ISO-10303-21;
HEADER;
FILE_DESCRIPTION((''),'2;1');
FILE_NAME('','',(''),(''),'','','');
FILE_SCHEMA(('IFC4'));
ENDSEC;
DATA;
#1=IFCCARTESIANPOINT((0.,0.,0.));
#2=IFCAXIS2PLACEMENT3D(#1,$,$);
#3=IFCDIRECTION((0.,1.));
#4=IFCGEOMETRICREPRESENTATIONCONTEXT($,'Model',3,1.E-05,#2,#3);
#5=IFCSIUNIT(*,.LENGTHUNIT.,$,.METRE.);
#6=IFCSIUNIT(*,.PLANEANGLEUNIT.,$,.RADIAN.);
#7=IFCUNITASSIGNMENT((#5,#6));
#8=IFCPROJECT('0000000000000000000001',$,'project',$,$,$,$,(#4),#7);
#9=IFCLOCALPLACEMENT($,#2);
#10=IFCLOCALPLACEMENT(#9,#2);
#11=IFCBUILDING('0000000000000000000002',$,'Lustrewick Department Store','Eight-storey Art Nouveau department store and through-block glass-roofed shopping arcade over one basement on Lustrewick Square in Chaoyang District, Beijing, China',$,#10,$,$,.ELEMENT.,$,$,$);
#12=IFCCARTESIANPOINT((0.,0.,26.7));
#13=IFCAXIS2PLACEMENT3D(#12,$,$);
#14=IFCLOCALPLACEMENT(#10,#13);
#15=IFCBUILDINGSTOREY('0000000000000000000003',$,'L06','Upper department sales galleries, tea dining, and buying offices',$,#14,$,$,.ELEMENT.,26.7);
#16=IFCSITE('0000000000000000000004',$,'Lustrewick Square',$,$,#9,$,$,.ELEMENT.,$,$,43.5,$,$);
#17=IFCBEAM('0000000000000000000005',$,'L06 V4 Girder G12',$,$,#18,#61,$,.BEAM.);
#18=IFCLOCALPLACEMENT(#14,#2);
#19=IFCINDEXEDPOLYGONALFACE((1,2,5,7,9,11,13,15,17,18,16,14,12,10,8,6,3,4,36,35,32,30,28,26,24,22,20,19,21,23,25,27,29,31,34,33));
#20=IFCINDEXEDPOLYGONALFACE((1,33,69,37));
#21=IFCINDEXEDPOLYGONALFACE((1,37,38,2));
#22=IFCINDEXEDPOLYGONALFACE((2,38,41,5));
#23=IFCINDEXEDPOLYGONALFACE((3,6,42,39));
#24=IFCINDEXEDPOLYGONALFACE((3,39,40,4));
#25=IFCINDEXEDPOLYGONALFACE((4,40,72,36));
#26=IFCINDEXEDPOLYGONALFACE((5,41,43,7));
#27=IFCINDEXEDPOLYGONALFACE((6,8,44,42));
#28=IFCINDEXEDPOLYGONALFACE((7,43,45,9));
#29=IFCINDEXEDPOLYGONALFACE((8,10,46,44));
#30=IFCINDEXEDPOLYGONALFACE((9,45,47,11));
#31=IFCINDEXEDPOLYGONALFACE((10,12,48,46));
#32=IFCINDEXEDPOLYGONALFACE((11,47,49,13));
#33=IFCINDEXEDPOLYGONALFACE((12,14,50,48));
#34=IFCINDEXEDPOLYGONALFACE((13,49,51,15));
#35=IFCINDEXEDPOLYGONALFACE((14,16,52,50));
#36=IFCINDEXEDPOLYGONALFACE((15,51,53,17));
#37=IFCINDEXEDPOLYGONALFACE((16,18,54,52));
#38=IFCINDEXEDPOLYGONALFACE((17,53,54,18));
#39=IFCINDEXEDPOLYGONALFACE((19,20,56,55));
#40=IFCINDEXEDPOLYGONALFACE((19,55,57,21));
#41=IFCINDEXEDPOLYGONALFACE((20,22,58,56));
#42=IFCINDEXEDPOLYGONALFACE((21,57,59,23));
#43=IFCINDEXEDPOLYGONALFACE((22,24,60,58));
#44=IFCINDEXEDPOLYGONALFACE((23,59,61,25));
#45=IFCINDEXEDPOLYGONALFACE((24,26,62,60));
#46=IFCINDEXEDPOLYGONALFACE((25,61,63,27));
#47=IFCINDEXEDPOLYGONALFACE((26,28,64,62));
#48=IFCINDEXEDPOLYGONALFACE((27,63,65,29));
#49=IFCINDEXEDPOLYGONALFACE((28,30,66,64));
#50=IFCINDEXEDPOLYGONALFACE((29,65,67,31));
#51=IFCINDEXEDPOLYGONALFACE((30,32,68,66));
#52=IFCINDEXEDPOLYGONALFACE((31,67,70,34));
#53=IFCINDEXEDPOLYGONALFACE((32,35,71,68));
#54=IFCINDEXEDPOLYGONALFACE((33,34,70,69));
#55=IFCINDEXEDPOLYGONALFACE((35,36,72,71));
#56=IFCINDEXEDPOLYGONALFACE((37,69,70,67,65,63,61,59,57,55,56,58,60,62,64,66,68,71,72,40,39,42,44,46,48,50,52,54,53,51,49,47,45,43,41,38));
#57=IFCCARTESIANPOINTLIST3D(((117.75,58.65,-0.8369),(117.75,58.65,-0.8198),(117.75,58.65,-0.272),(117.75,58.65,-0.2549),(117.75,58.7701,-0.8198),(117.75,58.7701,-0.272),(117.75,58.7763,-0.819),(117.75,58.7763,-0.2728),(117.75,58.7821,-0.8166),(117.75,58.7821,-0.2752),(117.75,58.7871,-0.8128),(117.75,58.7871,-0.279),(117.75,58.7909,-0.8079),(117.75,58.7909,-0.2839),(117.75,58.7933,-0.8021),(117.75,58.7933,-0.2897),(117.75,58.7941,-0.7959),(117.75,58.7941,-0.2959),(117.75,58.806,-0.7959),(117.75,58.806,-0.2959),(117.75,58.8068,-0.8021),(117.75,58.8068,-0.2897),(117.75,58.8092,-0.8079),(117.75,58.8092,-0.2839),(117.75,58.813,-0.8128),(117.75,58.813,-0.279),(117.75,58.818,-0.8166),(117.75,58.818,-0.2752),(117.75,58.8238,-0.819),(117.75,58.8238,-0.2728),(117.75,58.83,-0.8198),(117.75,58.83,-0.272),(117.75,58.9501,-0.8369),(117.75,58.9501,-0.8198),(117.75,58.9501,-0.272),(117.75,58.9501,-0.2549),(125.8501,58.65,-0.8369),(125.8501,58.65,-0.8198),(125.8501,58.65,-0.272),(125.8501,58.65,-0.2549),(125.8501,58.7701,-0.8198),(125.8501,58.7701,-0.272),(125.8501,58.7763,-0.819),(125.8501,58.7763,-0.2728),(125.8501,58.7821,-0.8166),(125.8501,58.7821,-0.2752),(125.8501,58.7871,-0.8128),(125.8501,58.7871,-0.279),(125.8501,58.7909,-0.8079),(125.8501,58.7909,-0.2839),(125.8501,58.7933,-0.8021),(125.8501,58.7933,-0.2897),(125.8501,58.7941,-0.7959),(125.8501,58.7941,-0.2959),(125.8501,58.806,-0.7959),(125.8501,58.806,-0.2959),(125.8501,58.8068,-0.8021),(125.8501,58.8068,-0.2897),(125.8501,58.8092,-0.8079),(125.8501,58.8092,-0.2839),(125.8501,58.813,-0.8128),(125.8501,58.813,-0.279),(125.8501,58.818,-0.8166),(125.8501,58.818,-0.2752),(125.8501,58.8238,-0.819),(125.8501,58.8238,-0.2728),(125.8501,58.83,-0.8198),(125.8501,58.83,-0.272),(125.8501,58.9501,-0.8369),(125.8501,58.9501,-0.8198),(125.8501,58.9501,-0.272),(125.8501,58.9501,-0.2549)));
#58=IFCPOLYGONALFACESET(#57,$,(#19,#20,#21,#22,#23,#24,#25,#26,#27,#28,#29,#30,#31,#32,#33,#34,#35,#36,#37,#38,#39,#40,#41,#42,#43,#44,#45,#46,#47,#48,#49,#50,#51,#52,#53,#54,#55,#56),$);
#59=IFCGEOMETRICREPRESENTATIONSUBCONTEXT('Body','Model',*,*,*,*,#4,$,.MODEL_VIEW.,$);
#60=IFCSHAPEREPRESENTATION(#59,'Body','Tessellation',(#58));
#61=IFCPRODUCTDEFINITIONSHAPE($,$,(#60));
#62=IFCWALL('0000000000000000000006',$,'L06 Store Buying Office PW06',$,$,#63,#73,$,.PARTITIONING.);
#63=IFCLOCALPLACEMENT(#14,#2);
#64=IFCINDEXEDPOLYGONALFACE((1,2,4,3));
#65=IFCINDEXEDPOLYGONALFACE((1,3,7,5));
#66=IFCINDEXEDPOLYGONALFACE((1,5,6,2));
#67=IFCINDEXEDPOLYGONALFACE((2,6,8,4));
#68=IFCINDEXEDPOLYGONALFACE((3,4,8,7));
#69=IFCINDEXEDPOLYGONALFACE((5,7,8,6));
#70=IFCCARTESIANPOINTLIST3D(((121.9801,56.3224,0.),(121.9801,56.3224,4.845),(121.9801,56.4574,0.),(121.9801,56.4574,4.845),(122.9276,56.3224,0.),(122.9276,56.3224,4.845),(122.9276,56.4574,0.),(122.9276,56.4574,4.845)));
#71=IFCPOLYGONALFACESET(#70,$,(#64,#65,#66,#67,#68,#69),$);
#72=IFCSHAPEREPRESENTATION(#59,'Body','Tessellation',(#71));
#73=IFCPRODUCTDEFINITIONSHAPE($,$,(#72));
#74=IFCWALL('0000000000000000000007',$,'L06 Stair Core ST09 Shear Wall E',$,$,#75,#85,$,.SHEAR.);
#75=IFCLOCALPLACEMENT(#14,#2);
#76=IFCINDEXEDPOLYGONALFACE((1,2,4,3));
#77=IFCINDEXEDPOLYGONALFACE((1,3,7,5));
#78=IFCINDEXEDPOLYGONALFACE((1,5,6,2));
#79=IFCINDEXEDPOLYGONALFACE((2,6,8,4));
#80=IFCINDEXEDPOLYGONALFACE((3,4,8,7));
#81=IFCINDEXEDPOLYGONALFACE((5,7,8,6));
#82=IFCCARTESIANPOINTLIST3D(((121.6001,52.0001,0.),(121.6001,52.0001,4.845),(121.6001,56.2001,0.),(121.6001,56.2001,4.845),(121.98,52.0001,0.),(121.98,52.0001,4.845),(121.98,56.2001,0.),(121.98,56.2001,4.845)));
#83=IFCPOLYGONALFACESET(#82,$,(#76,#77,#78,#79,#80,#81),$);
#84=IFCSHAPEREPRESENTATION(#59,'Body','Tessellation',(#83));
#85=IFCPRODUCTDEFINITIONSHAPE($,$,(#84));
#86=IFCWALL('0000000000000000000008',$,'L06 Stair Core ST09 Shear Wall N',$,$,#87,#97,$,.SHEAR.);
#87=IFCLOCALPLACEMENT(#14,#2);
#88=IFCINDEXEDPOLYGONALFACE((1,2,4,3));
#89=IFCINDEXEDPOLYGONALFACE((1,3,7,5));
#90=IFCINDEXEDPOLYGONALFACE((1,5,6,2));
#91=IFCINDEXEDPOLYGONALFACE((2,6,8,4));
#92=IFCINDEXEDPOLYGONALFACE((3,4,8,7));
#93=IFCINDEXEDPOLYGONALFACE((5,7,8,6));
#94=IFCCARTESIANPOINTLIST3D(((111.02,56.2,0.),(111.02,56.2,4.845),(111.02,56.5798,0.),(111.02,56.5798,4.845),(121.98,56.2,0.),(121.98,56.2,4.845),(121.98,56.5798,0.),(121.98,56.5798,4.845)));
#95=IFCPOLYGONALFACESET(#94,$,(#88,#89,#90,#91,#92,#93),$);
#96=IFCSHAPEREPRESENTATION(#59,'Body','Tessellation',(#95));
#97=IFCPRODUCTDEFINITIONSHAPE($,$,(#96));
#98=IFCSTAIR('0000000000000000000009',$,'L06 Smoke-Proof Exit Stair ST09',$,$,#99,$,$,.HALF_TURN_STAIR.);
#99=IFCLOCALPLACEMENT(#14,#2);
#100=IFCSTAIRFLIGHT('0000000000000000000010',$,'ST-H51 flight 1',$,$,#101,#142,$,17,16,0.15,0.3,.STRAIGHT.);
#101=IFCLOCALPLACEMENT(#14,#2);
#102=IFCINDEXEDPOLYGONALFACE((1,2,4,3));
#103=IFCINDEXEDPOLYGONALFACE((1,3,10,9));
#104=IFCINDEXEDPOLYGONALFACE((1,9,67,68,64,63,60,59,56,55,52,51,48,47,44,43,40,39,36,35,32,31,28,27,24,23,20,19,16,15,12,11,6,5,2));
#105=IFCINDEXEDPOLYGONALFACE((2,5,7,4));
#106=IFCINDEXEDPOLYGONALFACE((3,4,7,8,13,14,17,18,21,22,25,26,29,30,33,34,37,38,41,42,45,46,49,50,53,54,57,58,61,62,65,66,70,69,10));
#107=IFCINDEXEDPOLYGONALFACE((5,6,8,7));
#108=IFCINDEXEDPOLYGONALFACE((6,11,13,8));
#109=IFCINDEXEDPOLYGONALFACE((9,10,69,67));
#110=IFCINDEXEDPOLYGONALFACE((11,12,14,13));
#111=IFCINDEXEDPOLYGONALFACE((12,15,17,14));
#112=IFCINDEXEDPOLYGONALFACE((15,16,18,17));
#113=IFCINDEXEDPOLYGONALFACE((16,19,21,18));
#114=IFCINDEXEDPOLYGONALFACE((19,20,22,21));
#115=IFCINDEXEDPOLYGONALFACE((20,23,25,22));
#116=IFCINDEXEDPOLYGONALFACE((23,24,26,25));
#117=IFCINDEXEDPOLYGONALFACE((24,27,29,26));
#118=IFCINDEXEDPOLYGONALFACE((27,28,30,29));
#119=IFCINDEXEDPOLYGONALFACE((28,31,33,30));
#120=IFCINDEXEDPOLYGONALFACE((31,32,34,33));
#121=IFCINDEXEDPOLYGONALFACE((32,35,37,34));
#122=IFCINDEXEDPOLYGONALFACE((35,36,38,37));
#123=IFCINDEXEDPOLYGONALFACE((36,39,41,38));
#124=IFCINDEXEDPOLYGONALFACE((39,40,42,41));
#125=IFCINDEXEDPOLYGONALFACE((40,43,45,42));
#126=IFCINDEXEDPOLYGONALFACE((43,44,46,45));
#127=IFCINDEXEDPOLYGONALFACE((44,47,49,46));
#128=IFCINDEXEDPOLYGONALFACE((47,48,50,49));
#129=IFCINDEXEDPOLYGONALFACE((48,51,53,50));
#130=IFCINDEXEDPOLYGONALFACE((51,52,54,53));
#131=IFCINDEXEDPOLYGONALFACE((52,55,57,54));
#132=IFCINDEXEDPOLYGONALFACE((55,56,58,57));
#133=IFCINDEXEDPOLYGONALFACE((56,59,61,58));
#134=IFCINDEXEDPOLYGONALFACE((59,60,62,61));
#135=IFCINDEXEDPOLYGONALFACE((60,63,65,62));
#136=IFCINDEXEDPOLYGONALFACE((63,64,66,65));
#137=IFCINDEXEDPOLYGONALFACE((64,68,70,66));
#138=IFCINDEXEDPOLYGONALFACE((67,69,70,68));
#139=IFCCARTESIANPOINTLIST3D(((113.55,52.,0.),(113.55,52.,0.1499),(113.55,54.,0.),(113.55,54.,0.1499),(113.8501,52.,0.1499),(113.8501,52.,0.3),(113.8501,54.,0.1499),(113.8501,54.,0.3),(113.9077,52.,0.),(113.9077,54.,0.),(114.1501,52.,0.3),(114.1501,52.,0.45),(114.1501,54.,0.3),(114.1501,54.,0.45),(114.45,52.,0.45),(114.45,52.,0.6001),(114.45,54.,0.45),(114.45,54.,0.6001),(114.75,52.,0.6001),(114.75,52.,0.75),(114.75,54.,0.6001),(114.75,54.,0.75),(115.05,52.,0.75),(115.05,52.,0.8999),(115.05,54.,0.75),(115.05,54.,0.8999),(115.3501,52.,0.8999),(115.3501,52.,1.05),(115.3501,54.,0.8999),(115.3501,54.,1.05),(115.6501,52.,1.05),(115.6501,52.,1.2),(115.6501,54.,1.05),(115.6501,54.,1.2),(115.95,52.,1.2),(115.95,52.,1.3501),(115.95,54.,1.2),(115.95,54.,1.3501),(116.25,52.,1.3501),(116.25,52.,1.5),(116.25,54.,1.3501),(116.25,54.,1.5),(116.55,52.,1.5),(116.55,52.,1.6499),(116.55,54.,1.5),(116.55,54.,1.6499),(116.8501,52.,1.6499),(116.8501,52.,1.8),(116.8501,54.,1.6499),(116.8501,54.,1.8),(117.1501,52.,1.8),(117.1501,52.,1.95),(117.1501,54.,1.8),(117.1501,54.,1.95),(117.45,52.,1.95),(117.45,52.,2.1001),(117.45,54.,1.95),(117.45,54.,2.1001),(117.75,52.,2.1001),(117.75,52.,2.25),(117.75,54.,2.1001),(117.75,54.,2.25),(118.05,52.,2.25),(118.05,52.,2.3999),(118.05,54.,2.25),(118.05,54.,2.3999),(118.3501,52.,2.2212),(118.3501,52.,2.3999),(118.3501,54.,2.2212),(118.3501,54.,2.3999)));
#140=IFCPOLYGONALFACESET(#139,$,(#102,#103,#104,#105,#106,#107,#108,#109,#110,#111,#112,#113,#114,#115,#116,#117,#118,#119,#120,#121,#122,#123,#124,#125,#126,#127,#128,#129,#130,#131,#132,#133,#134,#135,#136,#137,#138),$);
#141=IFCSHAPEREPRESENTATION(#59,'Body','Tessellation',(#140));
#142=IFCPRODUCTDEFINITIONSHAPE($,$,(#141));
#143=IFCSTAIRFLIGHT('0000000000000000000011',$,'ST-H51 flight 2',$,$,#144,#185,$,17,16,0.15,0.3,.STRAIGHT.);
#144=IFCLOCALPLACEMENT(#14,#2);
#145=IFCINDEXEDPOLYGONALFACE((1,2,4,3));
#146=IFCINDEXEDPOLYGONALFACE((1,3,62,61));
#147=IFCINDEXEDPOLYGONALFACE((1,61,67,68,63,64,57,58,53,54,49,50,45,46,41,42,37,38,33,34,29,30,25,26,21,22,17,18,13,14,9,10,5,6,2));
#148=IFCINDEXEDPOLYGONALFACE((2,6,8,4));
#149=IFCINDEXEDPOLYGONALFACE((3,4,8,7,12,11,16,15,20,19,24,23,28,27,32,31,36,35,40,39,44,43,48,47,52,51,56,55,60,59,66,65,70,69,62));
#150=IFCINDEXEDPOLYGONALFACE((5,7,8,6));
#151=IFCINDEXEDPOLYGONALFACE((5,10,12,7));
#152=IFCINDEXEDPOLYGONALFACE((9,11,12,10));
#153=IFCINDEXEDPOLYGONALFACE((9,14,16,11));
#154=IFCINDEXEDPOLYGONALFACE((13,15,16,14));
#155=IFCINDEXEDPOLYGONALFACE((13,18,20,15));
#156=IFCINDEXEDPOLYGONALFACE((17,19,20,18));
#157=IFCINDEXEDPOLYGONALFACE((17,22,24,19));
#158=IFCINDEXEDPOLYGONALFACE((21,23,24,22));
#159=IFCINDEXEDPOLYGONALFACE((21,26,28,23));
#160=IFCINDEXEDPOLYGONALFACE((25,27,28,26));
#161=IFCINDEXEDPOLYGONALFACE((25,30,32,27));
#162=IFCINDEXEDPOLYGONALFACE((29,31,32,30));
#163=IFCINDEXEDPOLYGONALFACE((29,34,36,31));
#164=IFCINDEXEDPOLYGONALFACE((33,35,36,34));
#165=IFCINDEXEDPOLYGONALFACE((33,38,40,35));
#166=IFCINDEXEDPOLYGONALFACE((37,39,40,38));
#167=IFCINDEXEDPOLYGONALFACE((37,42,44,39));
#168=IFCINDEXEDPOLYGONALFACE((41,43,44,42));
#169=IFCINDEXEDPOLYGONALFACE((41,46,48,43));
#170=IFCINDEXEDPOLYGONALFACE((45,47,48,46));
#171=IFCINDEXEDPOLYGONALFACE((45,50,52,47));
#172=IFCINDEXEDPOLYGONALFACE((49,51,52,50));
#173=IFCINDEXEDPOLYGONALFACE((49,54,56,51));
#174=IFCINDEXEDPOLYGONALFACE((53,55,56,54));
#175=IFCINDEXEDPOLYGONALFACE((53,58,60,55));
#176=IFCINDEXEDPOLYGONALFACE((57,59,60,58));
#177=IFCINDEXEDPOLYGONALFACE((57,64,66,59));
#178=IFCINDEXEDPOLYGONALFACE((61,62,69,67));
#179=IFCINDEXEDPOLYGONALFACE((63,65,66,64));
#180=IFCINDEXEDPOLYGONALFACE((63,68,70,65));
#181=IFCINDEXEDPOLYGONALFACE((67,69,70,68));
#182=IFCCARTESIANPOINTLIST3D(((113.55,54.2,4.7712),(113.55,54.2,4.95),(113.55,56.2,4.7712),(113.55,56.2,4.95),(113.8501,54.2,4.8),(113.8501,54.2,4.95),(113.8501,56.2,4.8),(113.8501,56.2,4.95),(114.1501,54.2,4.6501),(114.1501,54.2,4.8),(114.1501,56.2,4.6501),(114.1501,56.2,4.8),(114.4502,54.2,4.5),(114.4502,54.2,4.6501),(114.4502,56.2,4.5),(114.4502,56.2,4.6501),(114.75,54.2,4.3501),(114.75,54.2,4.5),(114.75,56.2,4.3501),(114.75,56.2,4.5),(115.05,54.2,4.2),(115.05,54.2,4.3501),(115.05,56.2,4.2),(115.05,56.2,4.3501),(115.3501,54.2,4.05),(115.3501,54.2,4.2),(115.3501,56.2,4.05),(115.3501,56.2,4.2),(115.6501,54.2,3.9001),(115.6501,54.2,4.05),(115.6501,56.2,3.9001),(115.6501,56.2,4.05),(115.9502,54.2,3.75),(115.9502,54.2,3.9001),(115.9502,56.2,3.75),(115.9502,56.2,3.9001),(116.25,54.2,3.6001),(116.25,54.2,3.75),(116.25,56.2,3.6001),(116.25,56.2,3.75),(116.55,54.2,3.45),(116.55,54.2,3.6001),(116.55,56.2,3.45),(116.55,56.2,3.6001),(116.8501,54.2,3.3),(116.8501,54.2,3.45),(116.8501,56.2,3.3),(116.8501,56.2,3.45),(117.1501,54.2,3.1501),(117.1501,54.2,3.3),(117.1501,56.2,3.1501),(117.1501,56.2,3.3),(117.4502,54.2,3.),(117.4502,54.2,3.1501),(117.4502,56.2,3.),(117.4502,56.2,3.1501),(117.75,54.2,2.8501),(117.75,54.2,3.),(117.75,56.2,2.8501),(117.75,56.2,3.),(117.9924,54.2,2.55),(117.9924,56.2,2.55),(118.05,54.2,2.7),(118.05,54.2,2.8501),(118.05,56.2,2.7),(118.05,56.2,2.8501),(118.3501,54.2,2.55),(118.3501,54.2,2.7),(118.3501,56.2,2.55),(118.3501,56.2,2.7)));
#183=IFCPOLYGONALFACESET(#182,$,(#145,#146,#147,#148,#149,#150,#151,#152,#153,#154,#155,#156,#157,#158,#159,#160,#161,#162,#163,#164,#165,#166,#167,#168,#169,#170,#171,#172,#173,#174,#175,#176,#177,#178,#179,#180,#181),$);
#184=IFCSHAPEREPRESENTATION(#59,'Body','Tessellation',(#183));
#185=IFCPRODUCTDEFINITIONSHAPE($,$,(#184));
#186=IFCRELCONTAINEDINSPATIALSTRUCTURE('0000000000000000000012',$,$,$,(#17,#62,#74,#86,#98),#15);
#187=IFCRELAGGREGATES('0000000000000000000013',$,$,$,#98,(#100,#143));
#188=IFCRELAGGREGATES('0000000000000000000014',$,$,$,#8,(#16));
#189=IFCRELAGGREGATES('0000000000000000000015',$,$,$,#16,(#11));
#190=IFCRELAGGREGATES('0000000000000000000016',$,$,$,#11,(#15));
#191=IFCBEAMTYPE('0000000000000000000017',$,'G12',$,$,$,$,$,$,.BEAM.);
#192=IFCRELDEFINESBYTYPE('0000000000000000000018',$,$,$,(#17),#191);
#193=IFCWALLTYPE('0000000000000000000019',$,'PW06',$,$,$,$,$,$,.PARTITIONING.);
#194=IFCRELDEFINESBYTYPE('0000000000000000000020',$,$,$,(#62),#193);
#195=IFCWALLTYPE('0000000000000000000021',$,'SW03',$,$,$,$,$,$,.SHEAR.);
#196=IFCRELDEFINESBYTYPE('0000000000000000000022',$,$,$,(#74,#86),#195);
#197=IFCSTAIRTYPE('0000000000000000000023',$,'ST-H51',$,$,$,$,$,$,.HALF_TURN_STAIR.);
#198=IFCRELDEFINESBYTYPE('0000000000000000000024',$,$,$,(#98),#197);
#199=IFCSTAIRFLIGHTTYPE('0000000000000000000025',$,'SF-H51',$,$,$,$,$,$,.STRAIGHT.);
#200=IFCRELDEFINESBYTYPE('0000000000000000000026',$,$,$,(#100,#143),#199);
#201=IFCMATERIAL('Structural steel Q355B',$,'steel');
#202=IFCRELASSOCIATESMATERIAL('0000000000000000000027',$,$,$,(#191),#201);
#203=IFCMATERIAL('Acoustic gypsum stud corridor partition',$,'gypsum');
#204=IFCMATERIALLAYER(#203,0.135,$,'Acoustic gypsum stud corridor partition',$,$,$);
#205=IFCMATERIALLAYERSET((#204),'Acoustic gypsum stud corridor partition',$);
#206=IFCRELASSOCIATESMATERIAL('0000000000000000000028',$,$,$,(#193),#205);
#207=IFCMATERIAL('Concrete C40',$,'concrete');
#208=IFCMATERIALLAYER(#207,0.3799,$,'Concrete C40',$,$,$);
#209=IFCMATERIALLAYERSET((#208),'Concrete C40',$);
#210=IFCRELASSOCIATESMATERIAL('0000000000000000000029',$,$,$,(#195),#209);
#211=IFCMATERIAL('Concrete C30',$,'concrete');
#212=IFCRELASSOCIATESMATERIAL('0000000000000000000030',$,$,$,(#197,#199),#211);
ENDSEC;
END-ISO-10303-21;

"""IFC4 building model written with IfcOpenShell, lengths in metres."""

from ifc_helpers import new_model, si_unit, direction, frame, frame_2d, origin, origin_2d, place, context, subcontext, project, spatial, polyline, rectangle, i_section, outline, extrude, material, layer, layer_set, material_profile, profile_set, type_object, element, aggregate, save


model = new_model("IFC4")

# Units and contexts
model_context = context("Model", 3, precision=1e-05, world=origin(), true_north=direction((0.0, 1.0)))
body_context = subcontext(model_context, "Body", "Model", "MODEL_VIEW")
ifc_project = project(units=[si_unit("LENGTHUNIT", "METRE"), si_unit("PLANEANGLEUNIT", "RADIAN")], contexts=[model_context])

# Site, building, storey
site_placement = place(None, origin())
site = spatial("IfcSite", under=ifc_project, at=site_placement, Name="Lustrewick Square", CompositionType="ELEMENT", RefElevation=43.5)
building_placement = place(site_placement, origin())
building = spatial("IfcBuilding", under=site, at=building_placement, Name="Lustrewick Department Store", Description="Eight-storey Art Nouveau department store and through-block glass-roofed shopping arcade over one basement on Lustrewick Square in Chaoyang District, Beijing, China", CompositionType="ELEMENT")
storey_placement = place(building_placement, frame((0.0, 0.0, 26.7)))
storey = spatial("IfcBuildingStorey", under=building, at=storey_placement, Name="L06", Description="Upper department sales galleries, tea dining, and buying offices", CompositionType="ELEMENT", Elevation=26.7)

# Shared definitions
ifc_material_1 = material(Name="Structural steel Q355B", Category="steel")

# Beam
ifc_material_profile_1 = material_profile(ifc_material_1, i_section(OverallWidth=0.3, OverallDepth=0.582, WebThickness=0.012, FlangeThickness=0.0171, FilletRadius=0.0239, at=origin_2d()), Name="HM 582x300x12x17")
ifc_profile_set_1 = profile_set([ifc_material_profile_1], Name="Structural steel Q355B")
beam_type_1 = type_object("IfcBeamType", Name="G12", PredefinedType="BEAM", material=ifc_profile_set_1)
beam_1_placement = place(storey_placement, frame((117.75, 58.8, -0.5459), z_axis=(1.0, 0.0, 0.0), x_axis=(0.0, 1.0, 0.0)))
element("IfcBeam", 1, at=beam_1_placement, inside=storey, type_object=beam_type_1, Name="L06 V4 Girder G12", PredefinedType="BEAM", context=body_context, shape_type="SweptSolid", body=[
    extrude(i_section(OverallWidth=0.3, OverallDepth=0.582, WebThickness=0.012, FlangeThickness=0.0171, FilletRadius=0.0239, at=origin_2d()), origin(), (0.0, 0.0, 1.0), 8.1001),
])

# Walls
ifc_material_2 = material(Name="Acoustic gypsum stud corridor partition", Category="gypsum")
ifc_layer_1 = layer(ifc_material_2, 0.135, Name="Acoustic gypsum stud corridor partition")
ifc_layer_set_1 = layer_set([ifc_layer_1], Name="Acoustic gypsum stud corridor partition")
wall_type_1 = type_object("IfcWallType", Name="PW06", PredefinedType="PARTITIONING", material=ifc_layer_set_1)
wall_1_placement = place(storey_placement, frame((122.9275, 56.3899, 0.0), z_axis=(0.0, 0.0, 1.0), x_axis=(-1.0, 0.0, 0.0)))
element("IfcWall", 2, at=wall_1_placement, inside=storey, type_object=wall_type_1, Name="L06 Store Buying Office PW06", PredefinedType="PARTITIONING", context=body_context, shape_type="SweptSolid", body=[
    extrude(rectangle(XDim=0.9475, YDim=0.135, at=frame_2d((0.4736, 0.0))), origin(), (0.0, 0.0, 1.0), 4.845),
])
ifc_material_3 = material(Name="Concrete C40", Category="concrete")
ifc_layer_2 = layer(ifc_material_3, 0.3799, Name="Concrete C40")
ifc_layer_set_2 = layer_set([ifc_layer_2], Name="Concrete C40")
wall_type_2 = type_object("IfcWallType", Name="SW03", PredefinedType="SHEAR", material=ifc_layer_set_2)
wall_2_placement = place(storey_placement, frame((121.79, 52.0, 0.0), z_axis=(0.0, 0.0, 1.0), x_axis=(0.0, 1.0, 0.0)))
element("IfcWall", 3, at=wall_2_placement, inside=storey, type_object=wall_type_2, Name="L06 Stair Core ST09 Shear Wall E", PredefinedType="SHEAR", context=body_context, shape_type="SweptSolid", body=[
    extrude(rectangle(XDim=4.2, YDim=0.3799, at=frame_2d((2.1001, 0.0))), origin(), (0.0, 0.0, 1.0), 4.845),
])
wall_3_placement = place(storey_placement, frame((121.98, 56.3899, 0.0), z_axis=(0.0, 0.0, 1.0), x_axis=(-1.0, 0.0, 0.0)))
element("IfcWall", 4, at=wall_3_placement, inside=storey, type_object=wall_type_2, Name="L06 Stair Core ST09 Shear Wall N", PredefinedType="SHEAR", context=body_context, shape_type="SweptSolid", body=[
    extrude(rectangle(XDim=10.96, YDim=0.3799, at=frame_2d((5.48, 0.0))), origin(), (0.0, 0.0, 1.0), 4.845),
])

# Stair, stair flights
ifc_material_4 = material(Name="Concrete C30", Category="concrete")
stair_type = type_object("IfcStairType", Name="ST-H51", PredefinedType="HALF_TURN_STAIR", material=ifc_material_4)
stair_1_placement = place(storey_placement, origin())
stair_1 = element("IfcStair", 5, at=stair_1_placement, inside=storey, type_object=stair_type, Name="L06 Smoke-Proof Exit Stair ST09", PredefinedType="HALF_TURN_STAIR")
stair_flight_type = type_object("IfcStairFlightType", Name="SF-H51", PredefinedType="STRAIGHT", material=ifc_material_4)
stair_flight_1_placement = place(storey_placement, frame((113.55, 53.0, 0.0), z_axis=(0.0, 0.0, 1.0), x_axis=(1.0, 0.0, 0.0)))
stair_flight_1 = element("IfcStairFlight", 6, at=stair_flight_1_placement, type_object=stair_flight_type, Name="ST-H51 flight 1", NumberOfRisers=17, NumberOfTreads=16, PredefinedType="STRAIGHT", RiserHeight=0.15, TreadLength=0.3, context=body_context, shape_type="SweptSolid", body=[
    extrude(outline(polyline([(0.0, 0.0), (0.0, 0.1499), (0.3, 0.1499), (0.3, 0.3), (0.6001, 0.3), (0.6001, 0.45), (0.8999, 0.45), (0.8999, 0.6001), (1.2, 0.6001), (1.2, 0.75), (1.5, 0.75), (1.5, 0.8999), (1.8, 0.8999), (1.8, 1.05), (2.1001, 1.05), (2.1001, 1.2), (2.3999, 1.2), (2.3999, 1.3501), (2.7, 1.3501), (2.7, 1.5), (3.0, 1.5), (3.0, 1.6499), (3.3, 1.6499), (3.3, 1.8), (3.6001, 1.8), (3.6001, 1.95), (3.8999, 1.95), (3.8999, 2.1001), (4.2, 2.1001), (4.2, 2.25), (4.5, 2.25), (4.5, 2.3999), (4.8, 2.3999), (4.8, 2.55), (4.8, 2.2212), (0.3577, 0.0), (0.0, 0.0)])), frame((0.0, 1.0, 0.0), z_axis=(0.0, -1.0, 0.0), x_axis=(1.0, 0.0, 0.0)), (0.0, 0.0, 1.0), 2.0),
])
stair_flight_2_placement = place(storey_placement, frame((118.3501, 55.2, 2.55), z_axis=(0.0, 0.0, 1.0), x_axis=(-1.0, 0.0, 0.0)))
stair_flight_2 = element("IfcStairFlight", 7, at=stair_flight_2_placement, type_object=stair_flight_type, Name="ST-H51 flight 2", NumberOfRisers=17, NumberOfTreads=16, PredefinedType="STRAIGHT", RiserHeight=0.15, TreadLength=0.3, context=body_context, shape_type="SweptSolid", body=[
    extrude(outline(polyline([(0.0, 0.0), (0.0, 0.1499), (0.3, 0.1499), (0.3, 0.3), (0.6001, 0.3), (0.6001, 0.45), (0.8999, 0.45), (0.8999, 0.6001), (1.2, 0.6001), (1.2, 0.75), (1.5, 0.75), (1.5, 0.8999), (1.8, 0.8999), (1.8, 1.05), (2.1001, 1.05), (2.1001, 1.2), (2.3999, 1.2), (2.3999, 1.3501), (2.7, 1.3501), (2.7, 1.5), (3.0, 1.5), (3.0, 1.6499), (3.3, 1.6499), (3.3, 1.8), (3.6001, 1.8), (3.6001, 1.95), (3.8999, 1.95), (3.8999, 2.1001), (4.2, 2.1001), (4.2, 2.25), (4.5, 2.25), (4.5, 2.3999), (4.8, 2.3999), (4.8, 2.55), (4.8, 2.2212), (0.3577, 0.0), (0.0, 0.0)])), frame((0.0, 1.0, 0.0), z_axis=(0.0, -1.0, 0.0), x_axis=(1.0, 0.0, 0.0)), (0.0, 0.0, 1.0), 2.0),
])
aggregate(stair_1, [stair_flight_1, stair_flight_2])

save(model, "model.ifc")
